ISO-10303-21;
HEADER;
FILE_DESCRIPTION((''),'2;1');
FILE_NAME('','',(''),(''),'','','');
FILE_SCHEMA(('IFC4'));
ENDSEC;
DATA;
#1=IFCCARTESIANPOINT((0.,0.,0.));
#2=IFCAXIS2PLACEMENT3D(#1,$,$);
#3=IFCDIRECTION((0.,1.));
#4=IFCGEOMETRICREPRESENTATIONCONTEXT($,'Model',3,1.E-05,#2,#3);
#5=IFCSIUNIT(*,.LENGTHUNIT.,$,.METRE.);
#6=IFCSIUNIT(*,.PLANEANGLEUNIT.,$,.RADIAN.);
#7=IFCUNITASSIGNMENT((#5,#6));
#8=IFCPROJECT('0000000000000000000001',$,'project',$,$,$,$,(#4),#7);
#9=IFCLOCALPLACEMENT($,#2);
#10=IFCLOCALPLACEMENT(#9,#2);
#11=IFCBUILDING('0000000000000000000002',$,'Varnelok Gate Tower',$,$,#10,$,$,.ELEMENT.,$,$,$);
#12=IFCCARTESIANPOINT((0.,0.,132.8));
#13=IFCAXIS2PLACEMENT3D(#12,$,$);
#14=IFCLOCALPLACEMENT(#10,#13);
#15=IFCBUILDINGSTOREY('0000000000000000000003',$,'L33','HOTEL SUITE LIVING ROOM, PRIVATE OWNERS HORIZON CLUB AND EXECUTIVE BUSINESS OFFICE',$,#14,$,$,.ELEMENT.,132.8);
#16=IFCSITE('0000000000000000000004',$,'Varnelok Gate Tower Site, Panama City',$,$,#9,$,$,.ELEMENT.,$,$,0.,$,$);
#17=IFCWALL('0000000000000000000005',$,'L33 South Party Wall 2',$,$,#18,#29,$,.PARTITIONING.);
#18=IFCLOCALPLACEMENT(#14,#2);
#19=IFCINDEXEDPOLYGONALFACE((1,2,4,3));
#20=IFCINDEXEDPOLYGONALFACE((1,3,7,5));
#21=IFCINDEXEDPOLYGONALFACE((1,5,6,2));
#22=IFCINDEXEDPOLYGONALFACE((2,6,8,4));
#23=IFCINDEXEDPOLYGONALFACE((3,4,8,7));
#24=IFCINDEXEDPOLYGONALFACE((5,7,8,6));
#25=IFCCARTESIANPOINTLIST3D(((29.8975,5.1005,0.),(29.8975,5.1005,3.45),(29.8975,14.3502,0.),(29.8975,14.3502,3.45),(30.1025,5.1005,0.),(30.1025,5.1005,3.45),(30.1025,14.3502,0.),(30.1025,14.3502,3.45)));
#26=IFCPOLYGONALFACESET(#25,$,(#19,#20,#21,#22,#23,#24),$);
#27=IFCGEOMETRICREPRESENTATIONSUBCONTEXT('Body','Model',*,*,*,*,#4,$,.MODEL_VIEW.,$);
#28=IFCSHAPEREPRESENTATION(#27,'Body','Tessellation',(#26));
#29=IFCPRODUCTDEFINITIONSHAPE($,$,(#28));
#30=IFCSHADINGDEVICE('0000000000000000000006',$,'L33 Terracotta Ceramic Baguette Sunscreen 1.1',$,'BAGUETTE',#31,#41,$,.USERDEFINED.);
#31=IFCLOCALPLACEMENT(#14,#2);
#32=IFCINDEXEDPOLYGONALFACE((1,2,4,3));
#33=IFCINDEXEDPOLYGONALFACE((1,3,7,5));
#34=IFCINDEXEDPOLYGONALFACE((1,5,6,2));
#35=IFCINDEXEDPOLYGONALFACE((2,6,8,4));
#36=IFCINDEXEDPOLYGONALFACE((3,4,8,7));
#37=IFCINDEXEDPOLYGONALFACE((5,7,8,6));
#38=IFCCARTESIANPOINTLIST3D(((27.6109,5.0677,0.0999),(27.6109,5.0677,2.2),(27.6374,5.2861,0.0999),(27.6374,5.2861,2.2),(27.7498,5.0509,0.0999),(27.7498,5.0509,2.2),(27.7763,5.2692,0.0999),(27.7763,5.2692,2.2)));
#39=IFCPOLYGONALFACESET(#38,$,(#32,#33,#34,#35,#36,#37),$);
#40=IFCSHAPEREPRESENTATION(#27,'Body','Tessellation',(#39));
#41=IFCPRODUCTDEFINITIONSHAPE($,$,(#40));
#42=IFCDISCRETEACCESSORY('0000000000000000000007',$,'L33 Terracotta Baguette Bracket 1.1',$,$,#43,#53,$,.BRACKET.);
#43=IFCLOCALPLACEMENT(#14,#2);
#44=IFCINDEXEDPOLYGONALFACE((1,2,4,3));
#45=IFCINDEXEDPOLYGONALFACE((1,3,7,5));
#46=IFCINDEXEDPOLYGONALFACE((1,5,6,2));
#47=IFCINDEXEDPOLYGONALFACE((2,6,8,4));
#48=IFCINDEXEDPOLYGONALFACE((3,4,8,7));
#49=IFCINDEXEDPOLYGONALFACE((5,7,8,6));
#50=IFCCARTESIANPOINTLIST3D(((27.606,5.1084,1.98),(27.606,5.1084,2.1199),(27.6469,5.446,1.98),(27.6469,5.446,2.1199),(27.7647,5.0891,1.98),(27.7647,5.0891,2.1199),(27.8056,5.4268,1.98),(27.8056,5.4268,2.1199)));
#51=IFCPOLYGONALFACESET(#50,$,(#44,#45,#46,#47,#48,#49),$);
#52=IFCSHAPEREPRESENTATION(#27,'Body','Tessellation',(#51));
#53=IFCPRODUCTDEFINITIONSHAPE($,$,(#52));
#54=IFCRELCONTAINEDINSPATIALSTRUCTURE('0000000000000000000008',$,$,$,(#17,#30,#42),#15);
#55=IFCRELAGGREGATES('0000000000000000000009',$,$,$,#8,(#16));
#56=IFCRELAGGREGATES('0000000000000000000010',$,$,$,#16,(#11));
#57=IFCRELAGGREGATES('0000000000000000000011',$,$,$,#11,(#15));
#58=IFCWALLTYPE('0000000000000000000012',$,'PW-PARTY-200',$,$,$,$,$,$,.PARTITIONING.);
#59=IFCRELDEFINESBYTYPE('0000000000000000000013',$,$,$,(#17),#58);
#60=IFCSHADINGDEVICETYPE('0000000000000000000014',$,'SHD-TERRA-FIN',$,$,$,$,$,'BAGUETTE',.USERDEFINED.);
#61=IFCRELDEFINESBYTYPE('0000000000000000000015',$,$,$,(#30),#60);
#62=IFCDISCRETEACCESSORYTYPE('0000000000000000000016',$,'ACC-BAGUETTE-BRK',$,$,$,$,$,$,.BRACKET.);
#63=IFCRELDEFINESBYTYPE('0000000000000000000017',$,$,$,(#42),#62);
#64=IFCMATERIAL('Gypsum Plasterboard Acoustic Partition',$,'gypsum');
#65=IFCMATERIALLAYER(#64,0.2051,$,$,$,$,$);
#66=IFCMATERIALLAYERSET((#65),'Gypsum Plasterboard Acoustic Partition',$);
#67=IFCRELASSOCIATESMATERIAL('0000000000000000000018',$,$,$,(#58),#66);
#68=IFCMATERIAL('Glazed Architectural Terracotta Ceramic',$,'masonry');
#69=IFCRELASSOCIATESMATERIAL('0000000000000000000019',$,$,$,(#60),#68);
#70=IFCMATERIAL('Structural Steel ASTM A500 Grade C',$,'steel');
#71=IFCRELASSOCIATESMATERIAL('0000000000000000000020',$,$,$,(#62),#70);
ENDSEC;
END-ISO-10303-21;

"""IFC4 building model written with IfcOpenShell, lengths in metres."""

from ifc_helpers import new_model, si_unit, direction, frame, frame_2d, origin, origin_2d, place, context, subcontext, project, spatial, rectangle, extrude, source, transform, mapped, material, layer, layer_set, type_object, element, save


model = new_model("IFC4")

# Units and contexts
model_context = context("Model", 3, precision=1e-05, world=origin(), true_north=direction((0.0, 1.0)))
body_context = subcontext(model_context, "Body", "Model", "MODEL_VIEW")
ifc_project = project(units=[si_unit("LENGTHUNIT", "METRE"), si_unit("PLANEANGLEUNIT", "RADIAN")], contexts=[model_context])

# Site, building, storey
site_placement = place(None, origin())
site = spatial("IfcSite", under=ifc_project, at=site_placement, Name="Varnelok Gate Tower Site, Panama City", CompositionType="ELEMENT", RefElevation=0.0)
building_placement = place(site_placement, origin())
building = spatial("IfcBuilding", under=site, at=building_placement, Name="Varnelok Gate Tower", CompositionType="ELEMENT")
storey_placement = place(building_placement, frame((0.0, 0.0, 132.8)))
storey = spatial("IfcBuildingStorey", under=building, at=storey_placement, Name="L33", Description="HOTEL SUITE LIVING ROOM, PRIVATE OWNERS HORIZON CLUB AND EXECUTIVE BUSINESS OFFICE", CompositionType="ELEMENT", Elevation=132.8)

# Shared definitions
ifc_material_1 = material(Name="Gypsum Plasterboard Acoustic Partition", Category="gypsum")

# Wall
ifc_layer_1 = layer(ifc_material_1, 0.2051)
ifc_layer_set_1 = layer_set([ifc_layer_1], Name="Gypsum Plasterboard Acoustic Partition")
wall_type_1 = type_object("IfcWallType", Name="PW-PARTY-200", PredefinedType="PARTITIONING", material=ifc_layer_set_1)
wall_1_placement = place(storey_placement, frame((30.0, 5.1003, 0.0), z_axis=(0.0, 0.0, 1.0), x_axis=(0.0, 1.0, 0.0)))
element("IfcWall", 1, at=wall_1_placement, inside=storey, type_object=wall_type_1, Name="L33 South Party Wall 2", PredefinedType="PARTITIONING", context=body_context, shape_type="SweptSolid", body=[
    extrude(rectangle(XDim=9.2498, YDim=0.2051, at=frame_2d((4.625, 0.0))), origin(), (0.0, 0.0, 1.0), 3.45),
])

# Shading device
ifc_material_2 = material(Name="Glazed Architectural Terracotta Ceramic", Category="masonry")
shading_device_type = type_object("IfcShadingDeviceType", Name="SHD-TERRA-FIN", ElementType="BAGUETTE", PredefinedType="USERDEFINED", material=ifc_material_2)
shared_shape_1 = source(origin(), body_context, "Body", "SweptSolid", [
    extrude(rectangle(XDim=0.1399, YDim=0.22, at=origin_2d()), origin(), (0.0, 0.0, 1.0), 2.1001),
])
shading_device_placement = place(storey_placement, frame((27.6936, 5.1685, 0.0999), z_axis=(0.0, 0.0, 1.0), x_axis=(0.992732, -0.120345, 0.0)))
element("IfcShadingDevice", 2, at=shading_device_placement, inside=storey, type_object=shading_device_type, Name="L33 Terracotta Ceramic Baguette Sunscreen 1.1", ObjectType="BAGUETTE", PredefinedType="USERDEFINED", context=body_context, shape_type="MappedRepresentation", body=[
    mapped(shared_shape_1, transform((0.0, 0.0, 0.0), scale=1.0)),
])

# Discrete accessory
ifc_material_3 = material(Name="Structural Steel ASTM A500 Grade C", Category="steel")
discrete_accessory_type = type_object("IfcDiscreteAccessoryType", Name="ACC-BAGUETTE-BRK", PredefinedType="BRACKET", material=ifc_material_3)
shared_shape_2 = source(origin(), body_context, "Body", "SweptSolid", [
    extrude(rectangle(XDim=0.1599, YDim=0.3401, at=origin_2d()), origin(), (0.0, 0.0, 1.0), 0.1399),
])
discrete_accessory_placement = place(storey_placement, frame((27.7058, 5.2676, 1.98), z_axis=(0.0, 0.0, 1.0), x_axis=(0.992732, -0.120345, 0.0)))
element("IfcDiscreteAccessory", 3, at=discrete_accessory_placement, inside=storey, type_object=discrete_accessory_type, Name="L33 Terracotta Baguette Bracket 1.1", PredefinedType="BRACKET", context=body_context, shape_type="MappedRepresentation", body=[
    mapped(shared_shape_2, transform((0.0, 0.0, 0.0), scale=1.0)),
])

save(model, "model.ifc")
